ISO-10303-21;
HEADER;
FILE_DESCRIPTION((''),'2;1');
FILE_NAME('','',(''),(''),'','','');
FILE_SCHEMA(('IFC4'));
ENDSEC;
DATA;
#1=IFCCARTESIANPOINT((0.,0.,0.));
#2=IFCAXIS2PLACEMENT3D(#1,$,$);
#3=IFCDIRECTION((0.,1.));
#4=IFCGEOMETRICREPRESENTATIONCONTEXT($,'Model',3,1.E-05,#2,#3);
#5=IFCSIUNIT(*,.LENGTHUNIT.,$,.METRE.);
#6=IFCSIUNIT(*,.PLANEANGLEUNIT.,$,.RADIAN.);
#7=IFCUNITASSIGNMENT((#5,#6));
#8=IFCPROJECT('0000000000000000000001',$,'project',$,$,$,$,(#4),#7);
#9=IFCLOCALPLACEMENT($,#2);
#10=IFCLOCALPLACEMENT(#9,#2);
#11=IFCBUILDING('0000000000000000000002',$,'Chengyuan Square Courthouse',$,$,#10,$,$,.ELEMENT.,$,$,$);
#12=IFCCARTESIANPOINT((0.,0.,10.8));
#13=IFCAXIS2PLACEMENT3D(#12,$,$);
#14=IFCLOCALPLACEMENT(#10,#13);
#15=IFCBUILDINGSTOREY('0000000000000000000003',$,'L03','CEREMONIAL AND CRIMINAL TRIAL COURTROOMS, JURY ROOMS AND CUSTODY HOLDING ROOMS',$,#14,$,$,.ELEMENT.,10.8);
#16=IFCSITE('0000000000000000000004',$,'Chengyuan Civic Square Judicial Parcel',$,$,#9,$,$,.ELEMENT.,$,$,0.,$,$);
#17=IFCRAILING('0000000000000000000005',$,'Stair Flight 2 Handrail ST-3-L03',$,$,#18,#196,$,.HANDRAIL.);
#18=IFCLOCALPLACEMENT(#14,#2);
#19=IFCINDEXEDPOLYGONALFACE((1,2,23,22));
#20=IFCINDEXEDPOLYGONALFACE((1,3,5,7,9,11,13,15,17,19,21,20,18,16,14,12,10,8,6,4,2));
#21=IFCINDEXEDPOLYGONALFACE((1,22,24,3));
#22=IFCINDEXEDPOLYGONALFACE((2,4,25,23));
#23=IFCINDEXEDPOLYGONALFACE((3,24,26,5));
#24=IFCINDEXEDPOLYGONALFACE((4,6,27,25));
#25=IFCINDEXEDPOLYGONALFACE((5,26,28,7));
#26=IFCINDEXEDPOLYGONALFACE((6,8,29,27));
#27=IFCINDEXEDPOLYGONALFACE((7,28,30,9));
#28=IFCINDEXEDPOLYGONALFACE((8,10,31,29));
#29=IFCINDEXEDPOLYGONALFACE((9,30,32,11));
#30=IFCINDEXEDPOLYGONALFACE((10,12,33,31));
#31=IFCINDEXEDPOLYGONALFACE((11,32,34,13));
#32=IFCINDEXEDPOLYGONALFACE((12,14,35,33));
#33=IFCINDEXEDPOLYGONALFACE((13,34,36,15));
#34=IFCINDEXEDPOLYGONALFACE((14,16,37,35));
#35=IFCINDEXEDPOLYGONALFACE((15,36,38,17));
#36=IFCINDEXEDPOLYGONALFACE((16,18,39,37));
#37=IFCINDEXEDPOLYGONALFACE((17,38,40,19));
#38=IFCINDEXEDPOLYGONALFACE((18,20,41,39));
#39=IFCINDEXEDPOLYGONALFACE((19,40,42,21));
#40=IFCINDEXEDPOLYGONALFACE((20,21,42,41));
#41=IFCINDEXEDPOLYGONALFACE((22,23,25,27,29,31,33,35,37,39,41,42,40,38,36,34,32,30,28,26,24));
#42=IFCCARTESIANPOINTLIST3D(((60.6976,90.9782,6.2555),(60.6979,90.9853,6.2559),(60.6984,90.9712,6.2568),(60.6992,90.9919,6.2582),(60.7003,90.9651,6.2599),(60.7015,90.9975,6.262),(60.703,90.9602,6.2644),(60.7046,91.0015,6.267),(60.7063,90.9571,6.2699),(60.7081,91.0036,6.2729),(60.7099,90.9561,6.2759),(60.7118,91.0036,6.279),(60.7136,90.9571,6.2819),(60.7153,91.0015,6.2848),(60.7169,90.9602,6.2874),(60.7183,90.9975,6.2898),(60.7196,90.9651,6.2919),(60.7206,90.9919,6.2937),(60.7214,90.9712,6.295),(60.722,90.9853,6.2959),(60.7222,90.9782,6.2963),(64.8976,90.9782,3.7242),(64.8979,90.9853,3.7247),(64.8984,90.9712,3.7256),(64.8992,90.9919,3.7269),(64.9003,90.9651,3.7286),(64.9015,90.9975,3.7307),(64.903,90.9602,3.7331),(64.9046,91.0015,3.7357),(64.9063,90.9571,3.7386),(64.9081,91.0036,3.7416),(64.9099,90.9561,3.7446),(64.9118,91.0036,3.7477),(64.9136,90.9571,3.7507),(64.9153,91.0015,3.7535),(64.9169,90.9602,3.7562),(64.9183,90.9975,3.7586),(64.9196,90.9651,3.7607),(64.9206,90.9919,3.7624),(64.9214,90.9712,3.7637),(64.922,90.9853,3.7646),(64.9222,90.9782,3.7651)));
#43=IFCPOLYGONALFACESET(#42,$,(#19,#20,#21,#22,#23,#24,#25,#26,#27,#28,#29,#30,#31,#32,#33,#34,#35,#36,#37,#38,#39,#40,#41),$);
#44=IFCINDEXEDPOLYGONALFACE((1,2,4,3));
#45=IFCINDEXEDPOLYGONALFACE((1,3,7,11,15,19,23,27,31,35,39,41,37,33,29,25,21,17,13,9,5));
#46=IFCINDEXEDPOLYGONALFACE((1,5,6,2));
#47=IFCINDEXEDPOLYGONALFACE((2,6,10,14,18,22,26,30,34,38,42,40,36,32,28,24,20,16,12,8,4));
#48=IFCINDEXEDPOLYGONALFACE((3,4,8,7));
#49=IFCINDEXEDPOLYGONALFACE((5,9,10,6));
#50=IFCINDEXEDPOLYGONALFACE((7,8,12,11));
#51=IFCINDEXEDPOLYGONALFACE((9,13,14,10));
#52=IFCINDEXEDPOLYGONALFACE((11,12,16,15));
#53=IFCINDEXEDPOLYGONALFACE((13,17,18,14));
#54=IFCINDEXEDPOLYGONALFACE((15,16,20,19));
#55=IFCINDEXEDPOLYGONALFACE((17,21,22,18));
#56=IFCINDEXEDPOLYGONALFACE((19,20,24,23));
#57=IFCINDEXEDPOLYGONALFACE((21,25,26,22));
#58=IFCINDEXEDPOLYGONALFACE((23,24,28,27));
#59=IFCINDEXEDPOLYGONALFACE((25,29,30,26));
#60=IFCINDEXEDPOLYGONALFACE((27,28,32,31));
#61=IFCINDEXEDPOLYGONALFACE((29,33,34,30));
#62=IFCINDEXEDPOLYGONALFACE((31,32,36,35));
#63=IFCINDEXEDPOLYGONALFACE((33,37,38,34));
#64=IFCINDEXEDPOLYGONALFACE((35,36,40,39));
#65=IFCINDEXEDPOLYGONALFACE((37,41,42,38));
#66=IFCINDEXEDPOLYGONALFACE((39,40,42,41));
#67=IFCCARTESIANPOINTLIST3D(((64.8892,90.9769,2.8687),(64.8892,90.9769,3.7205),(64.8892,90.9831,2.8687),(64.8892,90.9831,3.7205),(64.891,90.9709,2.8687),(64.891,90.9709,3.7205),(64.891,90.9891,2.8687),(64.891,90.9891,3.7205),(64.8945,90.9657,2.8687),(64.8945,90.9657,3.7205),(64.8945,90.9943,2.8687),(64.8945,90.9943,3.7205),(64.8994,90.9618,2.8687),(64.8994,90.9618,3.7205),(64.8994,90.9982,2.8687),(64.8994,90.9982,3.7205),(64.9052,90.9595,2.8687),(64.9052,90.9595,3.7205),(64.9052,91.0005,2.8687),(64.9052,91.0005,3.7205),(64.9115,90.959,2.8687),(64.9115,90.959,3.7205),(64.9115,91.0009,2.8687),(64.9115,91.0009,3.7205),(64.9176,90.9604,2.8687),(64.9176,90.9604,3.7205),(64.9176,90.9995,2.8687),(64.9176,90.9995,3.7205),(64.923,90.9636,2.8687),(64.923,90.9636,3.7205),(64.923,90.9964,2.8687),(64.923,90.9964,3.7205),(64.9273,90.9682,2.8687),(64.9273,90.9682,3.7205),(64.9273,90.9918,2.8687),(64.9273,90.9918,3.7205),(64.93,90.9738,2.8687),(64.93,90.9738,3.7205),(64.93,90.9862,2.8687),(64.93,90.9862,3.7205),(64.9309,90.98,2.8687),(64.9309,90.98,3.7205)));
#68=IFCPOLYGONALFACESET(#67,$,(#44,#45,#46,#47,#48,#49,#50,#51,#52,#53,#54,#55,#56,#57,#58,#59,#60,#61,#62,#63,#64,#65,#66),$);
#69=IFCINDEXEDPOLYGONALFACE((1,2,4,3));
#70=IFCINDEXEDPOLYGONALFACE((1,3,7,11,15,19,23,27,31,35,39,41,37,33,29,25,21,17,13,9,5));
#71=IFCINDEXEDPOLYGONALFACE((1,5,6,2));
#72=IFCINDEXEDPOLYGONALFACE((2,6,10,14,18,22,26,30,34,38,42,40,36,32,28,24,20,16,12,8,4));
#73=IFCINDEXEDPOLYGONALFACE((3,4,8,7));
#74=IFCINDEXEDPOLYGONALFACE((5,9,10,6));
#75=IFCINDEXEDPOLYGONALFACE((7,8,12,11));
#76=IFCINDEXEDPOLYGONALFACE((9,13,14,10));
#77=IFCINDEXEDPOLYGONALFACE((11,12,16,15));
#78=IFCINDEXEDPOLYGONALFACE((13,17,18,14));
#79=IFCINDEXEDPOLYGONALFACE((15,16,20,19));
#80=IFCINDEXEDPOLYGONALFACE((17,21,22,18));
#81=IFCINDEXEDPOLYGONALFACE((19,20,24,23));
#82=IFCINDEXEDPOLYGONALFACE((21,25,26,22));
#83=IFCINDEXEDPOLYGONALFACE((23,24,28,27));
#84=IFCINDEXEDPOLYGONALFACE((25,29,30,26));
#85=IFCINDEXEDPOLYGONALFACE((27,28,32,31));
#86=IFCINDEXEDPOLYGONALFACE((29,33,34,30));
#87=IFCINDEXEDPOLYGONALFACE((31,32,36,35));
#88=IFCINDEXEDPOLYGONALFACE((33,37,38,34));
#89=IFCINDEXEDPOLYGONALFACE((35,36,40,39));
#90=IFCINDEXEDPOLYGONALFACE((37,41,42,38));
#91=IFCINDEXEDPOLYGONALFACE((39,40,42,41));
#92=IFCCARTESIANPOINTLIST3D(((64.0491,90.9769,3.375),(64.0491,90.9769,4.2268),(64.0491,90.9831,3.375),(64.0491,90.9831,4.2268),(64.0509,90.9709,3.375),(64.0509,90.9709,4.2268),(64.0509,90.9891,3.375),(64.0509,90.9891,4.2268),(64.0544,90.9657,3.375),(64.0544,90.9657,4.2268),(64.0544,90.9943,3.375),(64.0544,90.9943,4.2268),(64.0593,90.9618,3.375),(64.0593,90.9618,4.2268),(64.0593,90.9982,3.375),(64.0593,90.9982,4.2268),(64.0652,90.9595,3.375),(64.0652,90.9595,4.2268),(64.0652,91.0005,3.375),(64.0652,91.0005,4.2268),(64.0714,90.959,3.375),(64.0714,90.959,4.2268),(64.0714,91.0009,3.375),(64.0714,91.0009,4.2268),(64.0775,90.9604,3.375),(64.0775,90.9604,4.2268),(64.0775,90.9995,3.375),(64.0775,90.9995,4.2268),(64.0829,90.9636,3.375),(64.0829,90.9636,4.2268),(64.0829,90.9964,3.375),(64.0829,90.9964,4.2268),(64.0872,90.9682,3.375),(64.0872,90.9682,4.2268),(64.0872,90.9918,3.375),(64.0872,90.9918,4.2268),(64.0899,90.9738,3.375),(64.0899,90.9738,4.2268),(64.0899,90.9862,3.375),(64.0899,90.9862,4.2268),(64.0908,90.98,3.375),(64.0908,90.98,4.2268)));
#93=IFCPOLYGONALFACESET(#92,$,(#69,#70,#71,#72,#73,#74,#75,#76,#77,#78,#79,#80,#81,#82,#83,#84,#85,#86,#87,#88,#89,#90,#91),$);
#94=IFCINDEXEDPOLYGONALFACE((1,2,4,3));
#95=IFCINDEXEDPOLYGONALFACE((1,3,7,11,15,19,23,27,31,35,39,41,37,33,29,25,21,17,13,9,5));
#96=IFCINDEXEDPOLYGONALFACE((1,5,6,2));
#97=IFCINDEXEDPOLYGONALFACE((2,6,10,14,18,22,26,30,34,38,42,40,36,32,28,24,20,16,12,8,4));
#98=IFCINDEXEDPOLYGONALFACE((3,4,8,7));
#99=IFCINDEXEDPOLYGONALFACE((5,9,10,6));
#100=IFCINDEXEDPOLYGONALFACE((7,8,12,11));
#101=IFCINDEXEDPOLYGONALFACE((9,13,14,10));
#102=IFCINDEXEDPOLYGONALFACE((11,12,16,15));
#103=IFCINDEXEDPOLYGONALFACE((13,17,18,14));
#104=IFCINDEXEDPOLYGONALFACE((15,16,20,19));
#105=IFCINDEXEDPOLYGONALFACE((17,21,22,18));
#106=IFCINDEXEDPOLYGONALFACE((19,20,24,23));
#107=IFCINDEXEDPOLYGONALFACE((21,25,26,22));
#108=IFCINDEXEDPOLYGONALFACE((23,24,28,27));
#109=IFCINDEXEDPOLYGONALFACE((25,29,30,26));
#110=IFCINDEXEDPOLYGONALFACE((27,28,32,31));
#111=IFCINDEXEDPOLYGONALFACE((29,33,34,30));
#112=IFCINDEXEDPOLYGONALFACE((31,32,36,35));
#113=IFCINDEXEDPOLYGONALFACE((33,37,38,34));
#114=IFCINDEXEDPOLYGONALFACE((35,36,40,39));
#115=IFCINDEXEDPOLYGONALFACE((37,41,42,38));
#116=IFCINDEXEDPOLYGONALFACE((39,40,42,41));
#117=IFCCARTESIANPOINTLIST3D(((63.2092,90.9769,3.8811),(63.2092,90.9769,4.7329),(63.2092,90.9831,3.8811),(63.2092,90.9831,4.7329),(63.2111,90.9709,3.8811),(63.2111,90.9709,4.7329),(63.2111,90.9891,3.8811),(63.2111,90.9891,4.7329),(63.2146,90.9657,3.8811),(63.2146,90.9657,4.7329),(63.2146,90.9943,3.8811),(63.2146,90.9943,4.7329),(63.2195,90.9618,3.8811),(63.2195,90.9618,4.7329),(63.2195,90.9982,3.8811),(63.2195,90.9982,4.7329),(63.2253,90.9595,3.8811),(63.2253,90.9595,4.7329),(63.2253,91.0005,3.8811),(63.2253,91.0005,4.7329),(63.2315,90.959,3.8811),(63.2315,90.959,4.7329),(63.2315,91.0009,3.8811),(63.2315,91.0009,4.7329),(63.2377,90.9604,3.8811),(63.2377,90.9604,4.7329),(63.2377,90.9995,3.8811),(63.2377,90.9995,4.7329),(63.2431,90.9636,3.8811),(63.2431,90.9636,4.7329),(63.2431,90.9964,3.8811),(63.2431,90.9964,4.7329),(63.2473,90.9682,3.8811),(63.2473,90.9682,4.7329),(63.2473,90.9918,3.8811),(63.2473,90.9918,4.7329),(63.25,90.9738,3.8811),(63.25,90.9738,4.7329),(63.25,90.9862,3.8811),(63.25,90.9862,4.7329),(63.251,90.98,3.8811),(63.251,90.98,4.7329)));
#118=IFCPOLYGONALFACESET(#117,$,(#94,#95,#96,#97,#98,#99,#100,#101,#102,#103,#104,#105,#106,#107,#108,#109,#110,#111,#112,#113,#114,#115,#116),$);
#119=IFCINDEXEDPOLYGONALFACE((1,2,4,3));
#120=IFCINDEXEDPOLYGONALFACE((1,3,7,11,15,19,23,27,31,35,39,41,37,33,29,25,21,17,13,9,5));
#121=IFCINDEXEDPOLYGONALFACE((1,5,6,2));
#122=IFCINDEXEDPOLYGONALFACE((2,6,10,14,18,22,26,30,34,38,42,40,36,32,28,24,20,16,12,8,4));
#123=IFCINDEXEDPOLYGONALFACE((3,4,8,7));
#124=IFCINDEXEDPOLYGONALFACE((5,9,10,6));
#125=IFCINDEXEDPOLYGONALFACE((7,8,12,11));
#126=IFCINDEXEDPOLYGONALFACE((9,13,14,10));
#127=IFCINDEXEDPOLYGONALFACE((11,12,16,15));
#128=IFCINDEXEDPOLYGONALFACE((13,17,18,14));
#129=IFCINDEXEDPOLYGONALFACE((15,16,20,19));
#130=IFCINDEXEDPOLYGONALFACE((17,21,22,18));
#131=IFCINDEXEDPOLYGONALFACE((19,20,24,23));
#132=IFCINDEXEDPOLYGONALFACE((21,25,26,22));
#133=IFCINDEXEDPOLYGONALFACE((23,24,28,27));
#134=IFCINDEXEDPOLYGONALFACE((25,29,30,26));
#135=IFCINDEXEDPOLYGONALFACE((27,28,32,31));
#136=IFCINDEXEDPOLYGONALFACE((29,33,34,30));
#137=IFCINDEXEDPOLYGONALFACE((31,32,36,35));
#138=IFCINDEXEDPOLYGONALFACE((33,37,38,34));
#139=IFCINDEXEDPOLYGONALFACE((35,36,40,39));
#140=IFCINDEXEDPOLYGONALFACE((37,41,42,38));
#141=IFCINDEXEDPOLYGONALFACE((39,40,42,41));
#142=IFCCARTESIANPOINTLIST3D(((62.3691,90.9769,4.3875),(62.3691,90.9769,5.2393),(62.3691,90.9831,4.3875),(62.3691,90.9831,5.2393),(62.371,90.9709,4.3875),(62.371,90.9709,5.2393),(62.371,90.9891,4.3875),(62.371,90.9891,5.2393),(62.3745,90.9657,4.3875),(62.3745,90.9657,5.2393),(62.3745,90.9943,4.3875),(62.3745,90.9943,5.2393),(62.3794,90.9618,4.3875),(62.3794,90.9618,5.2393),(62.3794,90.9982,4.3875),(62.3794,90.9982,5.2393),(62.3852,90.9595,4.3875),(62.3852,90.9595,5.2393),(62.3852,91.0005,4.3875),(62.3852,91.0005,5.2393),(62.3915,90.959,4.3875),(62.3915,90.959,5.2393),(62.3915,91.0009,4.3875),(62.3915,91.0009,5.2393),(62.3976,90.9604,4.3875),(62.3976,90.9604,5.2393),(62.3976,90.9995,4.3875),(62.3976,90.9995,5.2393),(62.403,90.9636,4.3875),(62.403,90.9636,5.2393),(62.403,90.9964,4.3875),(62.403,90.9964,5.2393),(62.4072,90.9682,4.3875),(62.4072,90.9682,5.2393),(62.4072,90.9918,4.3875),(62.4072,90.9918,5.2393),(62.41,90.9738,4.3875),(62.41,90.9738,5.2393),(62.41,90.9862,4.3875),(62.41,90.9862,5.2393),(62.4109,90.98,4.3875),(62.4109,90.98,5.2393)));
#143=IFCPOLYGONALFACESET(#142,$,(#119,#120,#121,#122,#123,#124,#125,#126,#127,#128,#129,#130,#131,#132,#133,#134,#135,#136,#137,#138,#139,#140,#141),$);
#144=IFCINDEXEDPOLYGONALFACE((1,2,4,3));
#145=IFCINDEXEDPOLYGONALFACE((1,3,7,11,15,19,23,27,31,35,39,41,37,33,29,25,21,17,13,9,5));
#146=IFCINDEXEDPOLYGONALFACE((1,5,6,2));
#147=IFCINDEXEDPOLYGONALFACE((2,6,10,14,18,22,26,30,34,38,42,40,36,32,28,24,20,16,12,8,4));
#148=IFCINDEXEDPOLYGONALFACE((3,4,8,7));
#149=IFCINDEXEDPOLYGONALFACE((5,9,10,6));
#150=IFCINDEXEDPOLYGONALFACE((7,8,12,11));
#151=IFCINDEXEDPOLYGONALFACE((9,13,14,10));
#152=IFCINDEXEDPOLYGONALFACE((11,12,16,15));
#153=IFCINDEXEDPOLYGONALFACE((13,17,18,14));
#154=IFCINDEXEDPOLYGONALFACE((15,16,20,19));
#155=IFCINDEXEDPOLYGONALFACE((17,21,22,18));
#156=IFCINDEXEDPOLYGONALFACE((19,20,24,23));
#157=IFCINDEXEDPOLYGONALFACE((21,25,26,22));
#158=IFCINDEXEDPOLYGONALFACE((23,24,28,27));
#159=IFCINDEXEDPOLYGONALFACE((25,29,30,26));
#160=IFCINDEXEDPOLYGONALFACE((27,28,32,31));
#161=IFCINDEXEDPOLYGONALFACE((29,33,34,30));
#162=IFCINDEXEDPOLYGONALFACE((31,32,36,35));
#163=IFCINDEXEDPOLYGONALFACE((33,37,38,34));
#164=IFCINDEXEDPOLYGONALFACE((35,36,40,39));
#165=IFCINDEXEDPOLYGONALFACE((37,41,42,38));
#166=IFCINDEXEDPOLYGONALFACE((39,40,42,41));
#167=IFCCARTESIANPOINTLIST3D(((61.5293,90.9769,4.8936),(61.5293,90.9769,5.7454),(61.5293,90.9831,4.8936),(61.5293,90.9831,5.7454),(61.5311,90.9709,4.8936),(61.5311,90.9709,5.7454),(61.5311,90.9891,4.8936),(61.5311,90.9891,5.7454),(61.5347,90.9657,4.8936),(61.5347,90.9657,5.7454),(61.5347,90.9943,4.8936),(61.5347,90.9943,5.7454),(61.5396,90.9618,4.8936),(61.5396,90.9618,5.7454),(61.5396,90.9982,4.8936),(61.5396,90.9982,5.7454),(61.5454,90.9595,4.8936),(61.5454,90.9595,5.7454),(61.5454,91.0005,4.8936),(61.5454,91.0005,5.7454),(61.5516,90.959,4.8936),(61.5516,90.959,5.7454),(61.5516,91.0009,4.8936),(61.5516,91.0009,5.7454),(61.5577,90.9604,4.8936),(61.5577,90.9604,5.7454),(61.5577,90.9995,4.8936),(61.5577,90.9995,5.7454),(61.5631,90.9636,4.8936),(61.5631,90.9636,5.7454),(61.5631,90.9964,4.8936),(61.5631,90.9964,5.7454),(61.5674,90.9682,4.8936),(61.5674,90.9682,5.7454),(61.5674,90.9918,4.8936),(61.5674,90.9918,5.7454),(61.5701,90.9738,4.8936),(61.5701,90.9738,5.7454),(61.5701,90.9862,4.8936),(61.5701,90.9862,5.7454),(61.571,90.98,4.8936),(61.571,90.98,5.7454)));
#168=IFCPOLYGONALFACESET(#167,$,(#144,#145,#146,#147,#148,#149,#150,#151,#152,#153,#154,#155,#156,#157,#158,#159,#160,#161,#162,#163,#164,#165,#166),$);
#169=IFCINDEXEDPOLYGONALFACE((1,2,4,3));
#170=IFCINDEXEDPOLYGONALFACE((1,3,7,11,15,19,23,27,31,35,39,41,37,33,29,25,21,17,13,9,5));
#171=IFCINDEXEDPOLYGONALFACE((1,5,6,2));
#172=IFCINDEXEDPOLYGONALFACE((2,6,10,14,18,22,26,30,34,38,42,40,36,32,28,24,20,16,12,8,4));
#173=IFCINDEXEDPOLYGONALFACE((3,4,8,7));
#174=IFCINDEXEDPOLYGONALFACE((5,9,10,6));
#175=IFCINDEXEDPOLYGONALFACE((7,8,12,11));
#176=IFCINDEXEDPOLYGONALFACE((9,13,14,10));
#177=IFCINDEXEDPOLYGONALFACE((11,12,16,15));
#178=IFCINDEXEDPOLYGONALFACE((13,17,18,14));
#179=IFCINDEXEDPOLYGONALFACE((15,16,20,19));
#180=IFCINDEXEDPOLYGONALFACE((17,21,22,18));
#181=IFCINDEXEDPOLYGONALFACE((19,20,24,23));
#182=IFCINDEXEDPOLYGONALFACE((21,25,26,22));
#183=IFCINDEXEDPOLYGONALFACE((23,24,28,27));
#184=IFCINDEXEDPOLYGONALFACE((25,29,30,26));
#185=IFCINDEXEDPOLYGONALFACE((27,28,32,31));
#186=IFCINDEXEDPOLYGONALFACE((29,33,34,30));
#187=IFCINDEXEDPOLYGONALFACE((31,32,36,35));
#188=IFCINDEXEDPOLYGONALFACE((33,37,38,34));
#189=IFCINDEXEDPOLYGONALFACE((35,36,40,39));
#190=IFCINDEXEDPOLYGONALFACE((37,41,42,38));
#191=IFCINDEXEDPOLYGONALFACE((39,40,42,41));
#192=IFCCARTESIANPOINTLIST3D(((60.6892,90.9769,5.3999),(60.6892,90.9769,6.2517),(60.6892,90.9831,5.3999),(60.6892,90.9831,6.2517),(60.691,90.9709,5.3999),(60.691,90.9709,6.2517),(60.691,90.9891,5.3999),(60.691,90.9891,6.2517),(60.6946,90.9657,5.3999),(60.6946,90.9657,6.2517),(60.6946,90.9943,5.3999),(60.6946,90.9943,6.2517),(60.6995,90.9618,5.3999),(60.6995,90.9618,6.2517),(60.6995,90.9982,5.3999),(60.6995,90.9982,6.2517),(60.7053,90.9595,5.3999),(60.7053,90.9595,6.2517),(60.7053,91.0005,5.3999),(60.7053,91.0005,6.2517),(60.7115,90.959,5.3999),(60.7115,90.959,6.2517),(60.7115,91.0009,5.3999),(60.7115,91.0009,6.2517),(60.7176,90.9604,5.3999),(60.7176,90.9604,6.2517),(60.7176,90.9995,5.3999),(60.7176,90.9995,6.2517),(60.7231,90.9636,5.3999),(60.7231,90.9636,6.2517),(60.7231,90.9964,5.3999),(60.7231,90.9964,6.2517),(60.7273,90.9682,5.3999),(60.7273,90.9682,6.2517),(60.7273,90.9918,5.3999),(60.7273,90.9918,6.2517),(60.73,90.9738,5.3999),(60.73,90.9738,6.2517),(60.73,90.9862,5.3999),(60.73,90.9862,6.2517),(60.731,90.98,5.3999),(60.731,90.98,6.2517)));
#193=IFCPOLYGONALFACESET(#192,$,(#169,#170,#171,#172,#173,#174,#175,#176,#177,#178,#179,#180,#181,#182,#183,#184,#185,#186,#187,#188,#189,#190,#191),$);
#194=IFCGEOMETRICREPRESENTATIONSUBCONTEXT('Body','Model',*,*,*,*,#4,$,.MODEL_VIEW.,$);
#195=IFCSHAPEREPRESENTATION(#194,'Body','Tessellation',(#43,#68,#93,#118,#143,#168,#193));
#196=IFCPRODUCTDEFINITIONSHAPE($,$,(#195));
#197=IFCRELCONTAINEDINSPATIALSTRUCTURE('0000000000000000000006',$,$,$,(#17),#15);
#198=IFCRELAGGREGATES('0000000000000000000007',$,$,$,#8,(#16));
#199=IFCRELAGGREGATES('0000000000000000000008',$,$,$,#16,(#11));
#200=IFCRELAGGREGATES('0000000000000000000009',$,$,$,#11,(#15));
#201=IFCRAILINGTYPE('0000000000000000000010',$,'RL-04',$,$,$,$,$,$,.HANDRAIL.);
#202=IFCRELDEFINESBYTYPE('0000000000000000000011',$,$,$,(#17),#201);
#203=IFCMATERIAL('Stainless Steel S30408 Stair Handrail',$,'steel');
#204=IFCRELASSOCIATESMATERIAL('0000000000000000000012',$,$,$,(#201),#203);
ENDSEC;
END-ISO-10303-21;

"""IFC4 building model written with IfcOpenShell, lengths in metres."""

from ifc_helpers import new_model, si_unit, direction, frame, origin, origin_2d, place, context, subcontext, project, spatial, circle, extrude, material, type_object, element, save


model = new_model("IFC4")

# Units and contexts
model_context = context("Model", 3, precision=1e-05, world=origin(), true_north=direction((0.0, 1.0)))
body_context = subcontext(model_context, "Body", "Model", "MODEL_VIEW")
ifc_project = project(units=[si_unit("LENGTHUNIT", "METRE"), si_unit("PLANEANGLEUNIT", "RADIAN")], contexts=[model_context])

# Site, building, storey
site_placement = place(None, origin())
site = spatial("IfcSite", under=ifc_project, at=site_placement, Name="Chengyuan Civic Square Judicial Parcel", CompositionType="ELEMENT", RefElevation=0.0)
building_placement = place(site_placement, origin())
building = spatial("IfcBuilding", under=site, at=building_placement, Name="Chengyuan Square Courthouse", CompositionType="ELEMENT")
storey_placement = place(building_placement, frame((0.0, 0.0, 10.8)))
storey = spatial("IfcBuildingStorey", under=building, at=storey_placement, Name="L03", Description="CEREMONIAL AND CRIMINAL TRIAL COURTROOMS, JURY ROOMS AND CUSTODY HOLDING ROOMS", CompositionType="ELEMENT", Elevation=10.8)

# Railing
ifc_material_1 = material(Name="Stainless Steel S30408 Stair Handrail", Category="steel")
railing_type_1 = type_object("IfcRailingType", Name="RL-04", PredefinedType="HANDRAIL", material=ifc_material_1)
railing_1_placement = place(storey_placement, frame((64.9099, 90.98, 2.8687)))
element("IfcRailing", 1, at=railing_1_placement, inside=storey, type_object=railing_type_1, Name="Stair Flight 2 Handrail ST-3-L03", PredefinedType="HANDRAIL", context=body_context, shape_type="SweptSolid", body=[
    extrude(circle(Radius=0.0239, at=origin_2d()), frame((0.0, 0.0, 0.876), z_axis=(-0.856476, 0.0, 0.516186), x_axis=(0.0, -1.0, 0.0)), (0.0, 0.0, 1.0), 4.9038),
    extrude(circle(Radius=0.021, at=origin_2d()), origin(), (0.0, 0.0, 1.0), 0.8518),
    extrude(circle(Radius=0.021, at=origin_2d()), frame((-0.8401, 0.0, 0.5063)), (0.0, 0.0, 1.0), 0.8518),
    extrude(circle(Radius=0.021, at=origin_2d()), frame((-1.6799, 0.0, 1.0125)), (0.0, 0.0, 1.0), 0.8518),
    extrude(circle(Radius=0.021, at=origin_2d()), frame((-2.52, 0.0, 1.5188)), (0.0, 0.0, 1.0), 0.8518),
    extrude(circle(Radius=0.021, at=origin_2d()), frame((-3.3599, 0.0, 2.0249)), (0.0, 0.0, 1.0), 0.8518),
    extrude(circle(Radius=0.021, at=origin_2d()), frame((-4.2, 0.0, 2.5312)), (0.0, 0.0, 1.0), 0.8518),
])

save(model, "model.ifc")
